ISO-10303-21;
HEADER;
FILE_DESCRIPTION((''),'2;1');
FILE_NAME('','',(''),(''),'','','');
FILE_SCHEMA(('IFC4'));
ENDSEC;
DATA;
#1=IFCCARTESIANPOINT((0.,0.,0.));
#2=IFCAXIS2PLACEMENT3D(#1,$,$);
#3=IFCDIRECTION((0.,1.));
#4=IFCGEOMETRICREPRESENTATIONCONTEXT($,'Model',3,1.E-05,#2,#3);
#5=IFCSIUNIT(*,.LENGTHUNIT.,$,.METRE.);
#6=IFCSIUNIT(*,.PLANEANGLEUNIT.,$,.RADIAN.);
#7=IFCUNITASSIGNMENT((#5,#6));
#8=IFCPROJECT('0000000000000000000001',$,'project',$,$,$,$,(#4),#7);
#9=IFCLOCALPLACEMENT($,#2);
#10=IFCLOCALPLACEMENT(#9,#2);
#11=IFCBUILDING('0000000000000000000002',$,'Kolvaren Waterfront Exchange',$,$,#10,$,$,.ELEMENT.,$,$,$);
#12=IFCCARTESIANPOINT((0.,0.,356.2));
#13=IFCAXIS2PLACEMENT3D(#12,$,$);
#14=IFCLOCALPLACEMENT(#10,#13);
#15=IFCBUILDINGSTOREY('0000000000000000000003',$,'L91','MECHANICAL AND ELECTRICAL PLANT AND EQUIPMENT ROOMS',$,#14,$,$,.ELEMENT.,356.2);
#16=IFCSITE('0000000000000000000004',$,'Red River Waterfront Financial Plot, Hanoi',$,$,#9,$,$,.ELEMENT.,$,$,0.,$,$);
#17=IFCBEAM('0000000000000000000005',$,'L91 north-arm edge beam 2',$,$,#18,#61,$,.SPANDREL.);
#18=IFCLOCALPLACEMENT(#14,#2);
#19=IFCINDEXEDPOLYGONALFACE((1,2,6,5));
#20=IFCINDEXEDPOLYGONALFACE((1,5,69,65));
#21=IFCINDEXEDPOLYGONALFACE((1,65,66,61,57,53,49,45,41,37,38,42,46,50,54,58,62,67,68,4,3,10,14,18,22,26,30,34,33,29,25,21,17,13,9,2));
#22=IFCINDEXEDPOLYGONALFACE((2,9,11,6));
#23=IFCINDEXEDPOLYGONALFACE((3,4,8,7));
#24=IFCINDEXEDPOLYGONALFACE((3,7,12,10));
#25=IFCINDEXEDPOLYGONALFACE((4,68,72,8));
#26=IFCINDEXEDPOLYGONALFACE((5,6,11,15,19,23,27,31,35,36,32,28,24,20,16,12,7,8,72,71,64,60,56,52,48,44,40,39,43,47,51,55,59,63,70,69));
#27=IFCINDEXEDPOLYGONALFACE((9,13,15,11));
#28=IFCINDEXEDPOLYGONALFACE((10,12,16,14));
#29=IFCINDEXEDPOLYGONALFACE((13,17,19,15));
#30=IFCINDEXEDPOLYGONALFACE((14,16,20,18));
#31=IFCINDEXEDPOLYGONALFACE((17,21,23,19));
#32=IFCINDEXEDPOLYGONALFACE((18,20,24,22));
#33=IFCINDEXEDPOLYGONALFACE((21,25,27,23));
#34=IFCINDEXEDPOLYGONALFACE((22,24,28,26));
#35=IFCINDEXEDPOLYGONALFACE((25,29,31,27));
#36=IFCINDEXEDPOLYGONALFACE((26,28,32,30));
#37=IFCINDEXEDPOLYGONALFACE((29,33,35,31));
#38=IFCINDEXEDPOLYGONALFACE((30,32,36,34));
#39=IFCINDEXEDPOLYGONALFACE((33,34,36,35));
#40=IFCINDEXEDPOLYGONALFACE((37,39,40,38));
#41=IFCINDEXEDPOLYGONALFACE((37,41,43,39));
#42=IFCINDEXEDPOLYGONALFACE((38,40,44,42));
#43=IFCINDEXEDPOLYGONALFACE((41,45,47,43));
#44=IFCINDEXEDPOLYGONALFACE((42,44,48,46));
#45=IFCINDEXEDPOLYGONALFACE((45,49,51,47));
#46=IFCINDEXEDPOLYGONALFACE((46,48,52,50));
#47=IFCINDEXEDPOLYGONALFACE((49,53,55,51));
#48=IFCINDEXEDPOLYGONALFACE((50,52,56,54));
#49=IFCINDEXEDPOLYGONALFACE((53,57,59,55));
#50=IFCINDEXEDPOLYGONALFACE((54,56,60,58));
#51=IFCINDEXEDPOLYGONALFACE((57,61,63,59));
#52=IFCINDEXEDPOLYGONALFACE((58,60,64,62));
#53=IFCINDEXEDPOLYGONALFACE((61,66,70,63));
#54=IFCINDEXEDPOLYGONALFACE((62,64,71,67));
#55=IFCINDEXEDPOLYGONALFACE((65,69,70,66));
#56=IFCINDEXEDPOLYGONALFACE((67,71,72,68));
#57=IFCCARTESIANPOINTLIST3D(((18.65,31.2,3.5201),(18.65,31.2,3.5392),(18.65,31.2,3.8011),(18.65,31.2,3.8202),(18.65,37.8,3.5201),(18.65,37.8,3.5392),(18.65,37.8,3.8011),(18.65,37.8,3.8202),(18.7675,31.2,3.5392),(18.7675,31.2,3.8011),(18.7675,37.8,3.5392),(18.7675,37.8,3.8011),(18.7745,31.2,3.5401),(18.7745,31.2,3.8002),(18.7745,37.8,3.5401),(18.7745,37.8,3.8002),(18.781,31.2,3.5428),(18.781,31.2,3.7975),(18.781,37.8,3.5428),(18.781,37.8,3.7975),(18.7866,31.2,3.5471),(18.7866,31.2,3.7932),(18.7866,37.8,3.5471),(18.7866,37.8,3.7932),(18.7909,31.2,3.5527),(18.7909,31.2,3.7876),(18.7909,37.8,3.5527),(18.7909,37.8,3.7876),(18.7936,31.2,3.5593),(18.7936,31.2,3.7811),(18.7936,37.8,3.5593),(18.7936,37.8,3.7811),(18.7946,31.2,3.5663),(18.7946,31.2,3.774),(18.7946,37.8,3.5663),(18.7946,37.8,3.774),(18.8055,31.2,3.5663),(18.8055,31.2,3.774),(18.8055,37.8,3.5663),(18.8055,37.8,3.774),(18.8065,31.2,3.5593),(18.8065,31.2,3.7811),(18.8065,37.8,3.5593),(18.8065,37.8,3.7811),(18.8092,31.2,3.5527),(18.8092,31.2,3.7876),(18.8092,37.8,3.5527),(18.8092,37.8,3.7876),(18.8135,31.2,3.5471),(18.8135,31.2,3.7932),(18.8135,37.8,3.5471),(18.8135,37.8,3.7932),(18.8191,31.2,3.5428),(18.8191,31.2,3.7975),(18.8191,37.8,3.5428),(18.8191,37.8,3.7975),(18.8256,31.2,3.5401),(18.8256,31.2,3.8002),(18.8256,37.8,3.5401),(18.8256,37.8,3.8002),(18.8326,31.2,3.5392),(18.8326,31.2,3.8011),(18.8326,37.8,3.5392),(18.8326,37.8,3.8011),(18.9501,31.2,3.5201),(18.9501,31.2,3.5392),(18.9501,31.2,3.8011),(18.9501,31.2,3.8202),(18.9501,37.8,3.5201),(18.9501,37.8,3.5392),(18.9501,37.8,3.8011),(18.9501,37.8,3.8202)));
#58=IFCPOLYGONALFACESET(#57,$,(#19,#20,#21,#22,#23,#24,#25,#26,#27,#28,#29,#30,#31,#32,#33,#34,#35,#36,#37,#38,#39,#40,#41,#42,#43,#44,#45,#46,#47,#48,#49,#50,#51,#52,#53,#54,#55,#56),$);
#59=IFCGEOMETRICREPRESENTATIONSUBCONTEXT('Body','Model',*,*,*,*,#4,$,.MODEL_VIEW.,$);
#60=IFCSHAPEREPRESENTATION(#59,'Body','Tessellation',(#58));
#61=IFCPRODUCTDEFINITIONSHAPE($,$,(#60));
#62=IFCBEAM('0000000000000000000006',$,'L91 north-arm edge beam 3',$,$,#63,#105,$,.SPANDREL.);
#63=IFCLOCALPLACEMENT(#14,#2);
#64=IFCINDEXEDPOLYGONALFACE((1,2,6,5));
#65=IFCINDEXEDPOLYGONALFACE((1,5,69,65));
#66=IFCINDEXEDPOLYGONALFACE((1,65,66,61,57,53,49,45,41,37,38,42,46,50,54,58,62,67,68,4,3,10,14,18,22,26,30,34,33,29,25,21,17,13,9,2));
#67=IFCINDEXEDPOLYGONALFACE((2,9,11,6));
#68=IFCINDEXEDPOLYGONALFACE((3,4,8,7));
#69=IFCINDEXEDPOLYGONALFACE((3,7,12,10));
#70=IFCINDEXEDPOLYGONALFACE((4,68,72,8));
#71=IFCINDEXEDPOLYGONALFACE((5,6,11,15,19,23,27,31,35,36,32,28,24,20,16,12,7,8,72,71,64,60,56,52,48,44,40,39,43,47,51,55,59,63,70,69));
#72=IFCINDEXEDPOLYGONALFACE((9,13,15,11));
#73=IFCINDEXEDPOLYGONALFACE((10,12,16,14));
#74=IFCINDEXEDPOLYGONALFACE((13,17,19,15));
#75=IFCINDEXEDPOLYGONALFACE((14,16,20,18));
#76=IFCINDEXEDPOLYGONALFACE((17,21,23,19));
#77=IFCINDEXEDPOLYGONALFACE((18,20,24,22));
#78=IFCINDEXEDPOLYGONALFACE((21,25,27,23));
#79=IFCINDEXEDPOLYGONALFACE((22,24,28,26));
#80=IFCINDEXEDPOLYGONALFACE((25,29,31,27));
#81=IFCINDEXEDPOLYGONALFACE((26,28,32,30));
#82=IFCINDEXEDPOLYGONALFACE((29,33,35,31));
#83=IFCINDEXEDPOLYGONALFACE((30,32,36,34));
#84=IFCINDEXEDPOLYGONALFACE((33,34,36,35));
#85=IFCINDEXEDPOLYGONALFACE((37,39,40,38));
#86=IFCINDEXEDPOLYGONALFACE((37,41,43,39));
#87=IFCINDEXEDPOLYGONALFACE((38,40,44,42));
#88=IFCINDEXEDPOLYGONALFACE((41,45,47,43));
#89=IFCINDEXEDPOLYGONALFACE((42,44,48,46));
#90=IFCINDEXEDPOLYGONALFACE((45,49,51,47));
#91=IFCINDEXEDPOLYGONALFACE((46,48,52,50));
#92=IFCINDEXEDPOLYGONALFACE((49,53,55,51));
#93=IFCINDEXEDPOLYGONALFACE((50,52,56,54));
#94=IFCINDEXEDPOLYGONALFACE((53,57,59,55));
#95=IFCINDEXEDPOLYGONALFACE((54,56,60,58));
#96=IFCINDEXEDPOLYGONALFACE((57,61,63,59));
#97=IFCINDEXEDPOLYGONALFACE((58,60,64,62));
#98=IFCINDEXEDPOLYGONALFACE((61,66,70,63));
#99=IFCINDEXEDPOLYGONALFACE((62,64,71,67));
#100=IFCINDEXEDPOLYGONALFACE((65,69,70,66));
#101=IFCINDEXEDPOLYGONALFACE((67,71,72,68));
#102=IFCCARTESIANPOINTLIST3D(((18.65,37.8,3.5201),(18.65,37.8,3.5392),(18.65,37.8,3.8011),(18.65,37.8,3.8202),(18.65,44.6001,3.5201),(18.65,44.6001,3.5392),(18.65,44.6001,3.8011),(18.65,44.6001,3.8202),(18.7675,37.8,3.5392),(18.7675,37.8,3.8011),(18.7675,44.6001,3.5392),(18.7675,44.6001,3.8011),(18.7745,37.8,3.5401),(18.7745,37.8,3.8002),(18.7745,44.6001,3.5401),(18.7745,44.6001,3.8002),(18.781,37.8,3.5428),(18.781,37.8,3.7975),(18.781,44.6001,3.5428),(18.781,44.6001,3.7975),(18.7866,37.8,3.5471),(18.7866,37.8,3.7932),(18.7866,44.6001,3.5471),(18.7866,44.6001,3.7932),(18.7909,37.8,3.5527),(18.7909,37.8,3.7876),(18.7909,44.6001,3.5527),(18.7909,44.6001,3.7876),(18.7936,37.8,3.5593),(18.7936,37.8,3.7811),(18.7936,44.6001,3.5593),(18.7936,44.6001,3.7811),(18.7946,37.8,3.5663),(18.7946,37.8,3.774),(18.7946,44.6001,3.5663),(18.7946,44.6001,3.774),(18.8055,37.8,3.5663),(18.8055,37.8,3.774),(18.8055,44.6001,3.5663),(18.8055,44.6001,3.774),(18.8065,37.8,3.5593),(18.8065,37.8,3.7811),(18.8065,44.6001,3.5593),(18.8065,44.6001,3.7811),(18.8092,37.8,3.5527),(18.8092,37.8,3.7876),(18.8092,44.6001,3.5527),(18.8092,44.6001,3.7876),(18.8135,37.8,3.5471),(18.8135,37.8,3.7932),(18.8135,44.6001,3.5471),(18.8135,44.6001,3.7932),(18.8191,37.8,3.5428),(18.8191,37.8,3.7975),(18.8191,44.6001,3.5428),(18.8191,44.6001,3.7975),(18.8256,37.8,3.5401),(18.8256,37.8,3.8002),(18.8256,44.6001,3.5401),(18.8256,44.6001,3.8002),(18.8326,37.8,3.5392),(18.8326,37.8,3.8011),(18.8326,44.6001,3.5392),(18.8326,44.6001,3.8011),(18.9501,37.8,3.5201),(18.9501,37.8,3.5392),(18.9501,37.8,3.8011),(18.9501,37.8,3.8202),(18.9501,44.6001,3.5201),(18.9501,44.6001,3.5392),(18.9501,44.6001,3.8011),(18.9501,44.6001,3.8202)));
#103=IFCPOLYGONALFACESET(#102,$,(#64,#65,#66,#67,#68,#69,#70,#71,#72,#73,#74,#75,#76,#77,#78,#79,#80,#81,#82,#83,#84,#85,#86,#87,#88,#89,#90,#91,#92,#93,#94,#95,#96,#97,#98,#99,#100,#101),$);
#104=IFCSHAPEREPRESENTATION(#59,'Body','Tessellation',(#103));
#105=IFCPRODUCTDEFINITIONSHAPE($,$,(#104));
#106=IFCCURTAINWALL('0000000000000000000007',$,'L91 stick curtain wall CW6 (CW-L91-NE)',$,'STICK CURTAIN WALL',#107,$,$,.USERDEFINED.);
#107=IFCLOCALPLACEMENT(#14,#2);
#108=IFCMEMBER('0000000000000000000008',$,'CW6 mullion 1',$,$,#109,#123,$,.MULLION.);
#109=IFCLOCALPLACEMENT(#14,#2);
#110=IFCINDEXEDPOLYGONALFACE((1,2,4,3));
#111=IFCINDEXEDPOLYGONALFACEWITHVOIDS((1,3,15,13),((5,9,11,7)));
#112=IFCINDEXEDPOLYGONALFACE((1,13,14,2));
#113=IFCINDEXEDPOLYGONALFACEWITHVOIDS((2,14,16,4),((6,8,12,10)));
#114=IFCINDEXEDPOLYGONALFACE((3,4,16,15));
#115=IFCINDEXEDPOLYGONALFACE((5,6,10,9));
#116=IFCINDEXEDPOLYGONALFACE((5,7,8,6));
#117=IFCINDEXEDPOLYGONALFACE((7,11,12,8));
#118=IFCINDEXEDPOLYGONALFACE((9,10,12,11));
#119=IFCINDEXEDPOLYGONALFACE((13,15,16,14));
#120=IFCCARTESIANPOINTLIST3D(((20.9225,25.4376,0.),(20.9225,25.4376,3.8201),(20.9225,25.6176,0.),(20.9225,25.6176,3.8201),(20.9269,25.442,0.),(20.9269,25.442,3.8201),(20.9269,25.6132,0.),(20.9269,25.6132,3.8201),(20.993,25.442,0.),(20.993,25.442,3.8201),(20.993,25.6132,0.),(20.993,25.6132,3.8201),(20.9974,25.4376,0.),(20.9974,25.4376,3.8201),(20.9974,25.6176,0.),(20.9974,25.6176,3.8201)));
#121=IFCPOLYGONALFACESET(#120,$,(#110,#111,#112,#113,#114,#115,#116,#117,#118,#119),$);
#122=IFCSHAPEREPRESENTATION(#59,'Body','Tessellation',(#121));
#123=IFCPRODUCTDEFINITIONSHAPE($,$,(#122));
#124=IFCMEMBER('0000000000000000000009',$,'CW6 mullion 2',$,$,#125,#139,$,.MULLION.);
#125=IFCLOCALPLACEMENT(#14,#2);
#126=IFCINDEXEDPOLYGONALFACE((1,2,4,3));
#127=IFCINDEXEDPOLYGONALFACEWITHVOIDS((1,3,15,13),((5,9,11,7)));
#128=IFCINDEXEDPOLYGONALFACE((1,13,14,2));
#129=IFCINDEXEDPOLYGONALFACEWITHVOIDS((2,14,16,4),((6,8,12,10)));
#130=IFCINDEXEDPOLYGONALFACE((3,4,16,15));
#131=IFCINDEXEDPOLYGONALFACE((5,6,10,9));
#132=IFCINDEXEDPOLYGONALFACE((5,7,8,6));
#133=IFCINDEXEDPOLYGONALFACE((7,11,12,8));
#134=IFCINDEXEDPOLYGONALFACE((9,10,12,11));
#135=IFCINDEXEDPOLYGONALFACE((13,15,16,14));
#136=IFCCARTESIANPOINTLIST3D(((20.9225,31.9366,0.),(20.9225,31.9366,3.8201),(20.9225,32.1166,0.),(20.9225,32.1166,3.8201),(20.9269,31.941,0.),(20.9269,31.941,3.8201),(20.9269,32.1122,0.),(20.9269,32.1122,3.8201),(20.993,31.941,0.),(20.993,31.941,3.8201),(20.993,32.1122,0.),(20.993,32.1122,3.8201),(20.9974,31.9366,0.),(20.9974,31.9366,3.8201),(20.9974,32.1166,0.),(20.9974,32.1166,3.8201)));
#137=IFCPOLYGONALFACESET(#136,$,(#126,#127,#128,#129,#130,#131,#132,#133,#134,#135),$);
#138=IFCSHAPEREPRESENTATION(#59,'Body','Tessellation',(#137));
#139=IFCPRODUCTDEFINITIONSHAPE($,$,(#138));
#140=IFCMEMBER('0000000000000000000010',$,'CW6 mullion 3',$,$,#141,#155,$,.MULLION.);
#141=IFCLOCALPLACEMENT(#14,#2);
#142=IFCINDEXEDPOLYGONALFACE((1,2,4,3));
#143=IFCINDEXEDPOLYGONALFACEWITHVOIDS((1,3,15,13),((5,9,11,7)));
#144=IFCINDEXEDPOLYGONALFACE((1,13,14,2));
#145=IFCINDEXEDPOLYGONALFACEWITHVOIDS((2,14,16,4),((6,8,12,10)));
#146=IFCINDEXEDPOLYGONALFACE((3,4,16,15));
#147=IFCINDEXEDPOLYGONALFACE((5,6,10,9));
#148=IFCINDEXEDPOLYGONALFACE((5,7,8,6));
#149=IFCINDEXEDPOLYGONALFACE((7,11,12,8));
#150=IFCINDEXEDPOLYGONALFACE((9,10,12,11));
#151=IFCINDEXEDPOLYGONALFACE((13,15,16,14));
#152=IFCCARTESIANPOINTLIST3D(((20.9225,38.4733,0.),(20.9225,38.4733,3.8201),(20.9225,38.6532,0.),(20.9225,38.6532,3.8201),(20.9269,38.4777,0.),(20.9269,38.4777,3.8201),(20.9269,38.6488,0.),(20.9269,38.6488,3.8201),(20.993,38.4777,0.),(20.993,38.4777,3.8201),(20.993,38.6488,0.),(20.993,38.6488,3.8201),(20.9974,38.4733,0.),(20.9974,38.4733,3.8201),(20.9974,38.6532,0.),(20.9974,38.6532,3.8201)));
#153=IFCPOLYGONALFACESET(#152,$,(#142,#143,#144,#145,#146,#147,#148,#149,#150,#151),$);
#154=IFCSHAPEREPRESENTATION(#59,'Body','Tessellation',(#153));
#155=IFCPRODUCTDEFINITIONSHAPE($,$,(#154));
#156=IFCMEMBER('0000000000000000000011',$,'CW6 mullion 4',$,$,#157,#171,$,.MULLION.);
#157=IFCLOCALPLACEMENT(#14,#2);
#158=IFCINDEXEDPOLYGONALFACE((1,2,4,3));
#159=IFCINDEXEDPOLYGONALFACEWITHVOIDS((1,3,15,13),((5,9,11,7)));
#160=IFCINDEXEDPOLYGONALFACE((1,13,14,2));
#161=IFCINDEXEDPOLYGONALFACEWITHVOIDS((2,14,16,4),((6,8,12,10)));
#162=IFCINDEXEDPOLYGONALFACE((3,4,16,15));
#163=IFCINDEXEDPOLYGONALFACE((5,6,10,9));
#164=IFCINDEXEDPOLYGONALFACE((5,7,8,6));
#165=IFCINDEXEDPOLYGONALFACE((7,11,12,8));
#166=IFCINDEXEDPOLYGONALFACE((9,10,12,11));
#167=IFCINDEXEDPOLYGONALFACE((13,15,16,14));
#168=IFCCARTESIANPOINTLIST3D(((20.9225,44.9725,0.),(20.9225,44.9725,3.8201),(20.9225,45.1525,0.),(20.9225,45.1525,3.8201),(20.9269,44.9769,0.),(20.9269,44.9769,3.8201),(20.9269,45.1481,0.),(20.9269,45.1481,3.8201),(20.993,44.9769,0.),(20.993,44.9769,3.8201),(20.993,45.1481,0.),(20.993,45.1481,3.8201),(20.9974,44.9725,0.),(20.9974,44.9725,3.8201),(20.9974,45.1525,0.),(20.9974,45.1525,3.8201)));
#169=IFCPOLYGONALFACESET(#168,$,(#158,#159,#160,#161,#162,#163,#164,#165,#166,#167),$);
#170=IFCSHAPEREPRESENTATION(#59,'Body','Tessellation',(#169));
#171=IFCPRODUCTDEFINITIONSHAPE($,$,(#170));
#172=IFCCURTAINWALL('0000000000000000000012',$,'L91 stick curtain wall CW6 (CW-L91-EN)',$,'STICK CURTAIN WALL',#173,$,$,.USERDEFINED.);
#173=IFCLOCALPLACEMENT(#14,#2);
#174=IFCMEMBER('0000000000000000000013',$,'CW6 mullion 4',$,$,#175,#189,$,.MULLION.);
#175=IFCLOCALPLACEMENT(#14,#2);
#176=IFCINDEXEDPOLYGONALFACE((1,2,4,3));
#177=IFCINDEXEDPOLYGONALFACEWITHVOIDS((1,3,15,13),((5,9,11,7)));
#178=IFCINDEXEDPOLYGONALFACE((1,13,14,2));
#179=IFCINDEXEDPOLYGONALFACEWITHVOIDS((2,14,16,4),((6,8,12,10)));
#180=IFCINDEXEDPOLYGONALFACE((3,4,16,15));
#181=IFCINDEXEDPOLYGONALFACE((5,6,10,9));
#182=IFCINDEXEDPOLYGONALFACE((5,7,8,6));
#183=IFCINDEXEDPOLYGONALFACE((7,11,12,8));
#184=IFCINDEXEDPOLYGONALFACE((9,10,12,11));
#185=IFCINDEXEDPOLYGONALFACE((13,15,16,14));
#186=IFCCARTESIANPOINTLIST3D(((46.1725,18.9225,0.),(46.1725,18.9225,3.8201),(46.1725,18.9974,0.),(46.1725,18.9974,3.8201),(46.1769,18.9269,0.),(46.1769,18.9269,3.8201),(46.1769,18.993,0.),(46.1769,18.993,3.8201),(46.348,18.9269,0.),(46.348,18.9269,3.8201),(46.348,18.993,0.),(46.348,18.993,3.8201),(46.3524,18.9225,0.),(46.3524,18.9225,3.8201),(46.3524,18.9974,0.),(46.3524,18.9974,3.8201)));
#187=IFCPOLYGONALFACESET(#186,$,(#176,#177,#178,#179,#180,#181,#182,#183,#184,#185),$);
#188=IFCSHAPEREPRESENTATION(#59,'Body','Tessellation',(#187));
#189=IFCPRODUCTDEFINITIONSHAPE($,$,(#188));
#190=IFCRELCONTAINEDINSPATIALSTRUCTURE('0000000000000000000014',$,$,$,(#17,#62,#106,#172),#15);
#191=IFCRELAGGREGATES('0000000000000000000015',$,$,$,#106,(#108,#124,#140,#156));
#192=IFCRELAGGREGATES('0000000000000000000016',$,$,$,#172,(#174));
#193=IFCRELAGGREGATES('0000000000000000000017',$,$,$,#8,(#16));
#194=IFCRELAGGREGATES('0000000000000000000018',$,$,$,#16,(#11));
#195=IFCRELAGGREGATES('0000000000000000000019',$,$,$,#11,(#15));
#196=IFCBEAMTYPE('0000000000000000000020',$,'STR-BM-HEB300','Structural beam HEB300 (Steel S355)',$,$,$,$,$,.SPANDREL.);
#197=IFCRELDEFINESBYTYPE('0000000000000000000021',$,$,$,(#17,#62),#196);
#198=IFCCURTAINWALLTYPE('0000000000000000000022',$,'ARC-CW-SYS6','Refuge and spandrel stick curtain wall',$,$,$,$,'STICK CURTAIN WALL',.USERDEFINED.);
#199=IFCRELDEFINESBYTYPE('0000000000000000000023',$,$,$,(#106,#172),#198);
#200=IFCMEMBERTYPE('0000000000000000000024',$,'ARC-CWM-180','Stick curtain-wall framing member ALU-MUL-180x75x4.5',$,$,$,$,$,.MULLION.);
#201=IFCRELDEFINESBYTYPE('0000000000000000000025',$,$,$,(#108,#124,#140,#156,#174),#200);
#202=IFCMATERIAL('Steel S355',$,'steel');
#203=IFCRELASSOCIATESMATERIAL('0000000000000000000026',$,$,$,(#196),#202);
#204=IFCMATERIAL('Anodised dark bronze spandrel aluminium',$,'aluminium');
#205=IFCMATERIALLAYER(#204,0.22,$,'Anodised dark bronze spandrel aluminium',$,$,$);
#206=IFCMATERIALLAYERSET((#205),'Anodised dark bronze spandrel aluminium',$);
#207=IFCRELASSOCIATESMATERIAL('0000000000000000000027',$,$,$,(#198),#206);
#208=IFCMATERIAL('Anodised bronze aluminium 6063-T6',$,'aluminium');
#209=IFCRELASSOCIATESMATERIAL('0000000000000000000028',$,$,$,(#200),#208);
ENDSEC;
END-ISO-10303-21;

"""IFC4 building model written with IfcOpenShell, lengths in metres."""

from ifc_helpers import new_model, si_unit, direction, frame, origin, origin_with_axes, origin_2d, place, context, subcontext, project, spatial, hollow_rectangle, i_section, extrude, source, transform, mapped, material, layer, layer_set, material_profile, profile_set, type_object, element, aggregate, save


model = new_model("IFC4")

# Units and contexts
model_context = context("Model", 3, precision=1e-05, world=origin(), true_north=direction((0.0, 1.0)))
body_context = subcontext(model_context, "Body", "Model", "MODEL_VIEW")
ifc_project = project(units=[si_unit("LENGTHUNIT", "METRE"), si_unit("PLANEANGLEUNIT", "RADIAN")], contexts=[model_context])

# Site, building, storey
site_placement = place(None, origin())
site = spatial("IfcSite", under=ifc_project, at=site_placement, Name="Red River Waterfront Financial Plot, Hanoi", CompositionType="ELEMENT", RefElevation=0.0)
building_placement = place(site_placement, origin())
building = spatial("IfcBuilding", under=site, at=building_placement, Name="Kolvaren Waterfront Exchange", CompositionType="ELEMENT")
storey_placement = place(building_placement, frame((0.0, 0.0, 356.2)))
storey = spatial("IfcBuildingStorey", under=building, at=storey_placement, Name="L91", Description="MECHANICAL AND ELECTRICAL PLANT AND EQUIPMENT ROOMS", CompositionType="ELEMENT", Elevation=356.2)

# Beams
ifc_material_1 = material(Name="Steel S355", Category="steel")
ifc_material_profile_1 = material_profile(ifc_material_1, i_section(OverallWidth=0.3, OverallDepth=0.3, WebThickness=0.011, FlangeThickness=0.019, FilletRadius=0.0271, at=origin_2d()), Name="HEB300")
ifc_profile_set_1 = profile_set([ifc_material_profile_1], Name="Steel S355")
beam_type = type_object("IfcBeamType", Name="STR-BM-HEB300", Description="Structural beam HEB300 (Steel S355)", PredefinedType="SPANDREL", material=ifc_profile_set_1)
beam_1_placement = place(storey_placement, frame((18.8, 31.2, 3.6702), z_axis=(0.0, 1.0, 0.0), x_axis=(-1.0, 0.0, 0.0)))
element("IfcBeam", 1, at=beam_1_placement, inside=storey, type_object=beam_type, Name="L91 north-arm edge beam 2", PredefinedType="SPANDREL", context=body_context, shape_type="SweptSolid", body=[
    extrude(i_section(OverallWidth=0.3, OverallDepth=0.3, WebThickness=0.011, FlangeThickness=0.019, FilletRadius=0.0271, at=origin_2d()), origin(), (0.0, 0.0, 1.0), 6.6001),
])
beam_2_placement = place(storey_placement, frame((18.8, 37.8, 3.6702), z_axis=(0.0, 1.0, 0.0), x_axis=(-1.0, 0.0, 0.0)))
element("IfcBeam", 2, at=beam_2_placement, inside=storey, type_object=beam_type, Name="L91 north-arm edge beam 3", PredefinedType="SPANDREL", context=body_context, shape_type="SweptSolid", body=[
    extrude(i_section(OverallWidth=0.3, OverallDepth=0.3, WebThickness=0.011, FlangeThickness=0.019, FilletRadius=0.0271, at=origin_2d()), origin(), (0.0, 0.0, 1.0), 6.8),
])

# Curtain wall, members
ifc_material_2 = material(Name="Anodised dark bronze spandrel aluminium", Category="aluminium")
ifc_layer_1 = layer(ifc_material_2, 0.22, Name="Anodised dark bronze spandrel aluminium")
ifc_layer_set_1 = layer_set([ifc_layer_1], Name="Anodised dark bronze spandrel aluminium")
curtain_wall_type = type_object("IfcCurtainWallType", Name="ARC-CW-SYS6", Description="Refuge and spandrel stick curtain wall", ElementType="STICK CURTAIN WALL", PredefinedType="USERDEFINED", material=ifc_layer_set_1)
curtain_wall_1_placement = place(storey_placement, origin())
curtain_wall_1 = element("IfcCurtainWall", 3, at=curtain_wall_1_placement, inside=storey, type_object=curtain_wall_type, Name="L91 stick curtain wall CW6 (CW-L91-NE)", ObjectType="STICK CURTAIN WALL", PredefinedType="USERDEFINED")
ifc_material_3 = material(Name="Anodised bronze aluminium 6063-T6", Category="aluminium")
ifc_material_profile_2 = material_profile(ifc_material_3, hollow_rectangle(XDim=0.075, YDim=0.1799, WallThickness=0.0044, at=origin_2d()), Name="ALU-MUL-180x75x4.5")
ifc_profile_set_2 = profile_set([ifc_material_profile_2], Name="Anodised bronze aluminium 6063-T6")
member_type_1 = type_object("IfcMemberType", Name="ARC-CWM-180", Description="Stick curtain-wall framing member ALU-MUL-180x75x4.5", PredefinedType="MULLION", material=ifc_profile_set_2)
shared_shape_1 = source(origin_with_axes(), body_context, "Body", "SweptSolid", [
    extrude(hollow_rectangle(XDim=0.075, YDim=0.1799, WallThickness=0.0044, at=origin_2d()), origin(), (0.0, 0.0, 1.0), 3.8201),
])
member_1_placement = place(storey_placement, frame((20.96, 25.5276, 0.0), z_axis=(0.0, 0.0, 1.0), x_axis=(-1.0, 0.0, 0.0)))
member_1 = element("IfcMember", 4, at=member_1_placement, type_object=member_type_1, Name="CW6 mullion 1", PredefinedType="MULLION", context=body_context, shape_type="MappedRepresentation", body=[
    mapped(shared_shape_1, transform((0.0, 0.0, 0.0), x_axis=(1.0, 0.0, 0.0), y_axis=(0.0, 1.0, 0.0), z_axis=(0.0, 0.0, 1.0), scale=1.0)),
])
member_2_placement = place(storey_placement, frame((20.96, 32.0266, 0.0), z_axis=(0.0, 0.0, 1.0), x_axis=(-1.0, 0.0, 0.0)))
member_2 = element("IfcMember", 5, at=member_2_placement, type_object=member_type_1, Name="CW6 mullion 2", PredefinedType="MULLION", context=body_context, shape_type="MappedRepresentation", body=[
    mapped(shared_shape_1, transform((0.0, 0.0, 0.0), x_axis=(1.0, 0.0, 0.0), y_axis=(0.0, 1.0, 0.0), z_axis=(0.0, 0.0, 1.0), scale=1.0)),
])
member_3_placement = place(storey_placement, frame((20.96, 38.5632, 0.0), z_axis=(0.0, 0.0, 1.0), x_axis=(-1.0, 0.0, 0.0)))
member_3 = element("IfcMember", 6, at=member_3_placement, type_object=member_type_1, Name="CW6 mullion 3", PredefinedType="MULLION", context=body_context, shape_type="MappedRepresentation", body=[
    mapped(shared_shape_1, transform((0.0, 0.0, 0.0), x_axis=(1.0, 0.0, 0.0), y_axis=(0.0, 1.0, 0.0), z_axis=(0.0, 0.0, 1.0), scale=1.0)),
])
member_4_placement = place(storey_placement, frame((20.96, 45.0625, 0.0), z_axis=(0.0, 0.0, 1.0), x_axis=(-1.0, 0.0, 0.0)))
member_4 = element("IfcMember", 7, at=member_4_placement, type_object=member_type_1, Name="CW6 mullion 4", PredefinedType="MULLION", context=body_context, shape_type="MappedRepresentation", body=[
    mapped(shared_shape_1, transform((0.0, 0.0, 0.0), x_axis=(1.0, 0.0, 0.0), y_axis=(0.0, 1.0, 0.0), z_axis=(0.0, 0.0, 1.0), scale=1.0)),
])

# Curtain wall, member
curtain_wall_2_placement = place(storey_placement, origin())
curtain_wall_2 = element("IfcCurtainWall", 8, at=curtain_wall_2_placement, inside=storey, type_object=curtain_wall_type, Name="L91 stick curtain wall CW6 (CW-L91-EN)", ObjectType="STICK CURTAIN WALL", PredefinedType="USERDEFINED")
member_5_placement = place(storey_placement, frame((46.2625, 18.96, 0.0), z_axis=(0.0, 0.0, 1.0), x_axis=(0.0, 1.0, 0.0)))
member_5 = element("IfcMember", 9, at=member_5_placement, type_object=member_type_1, Name="CW6 mullion 4", PredefinedType="MULLION", context=body_context, shape_type="MappedRepresentation", body=[
    mapped(shared_shape_1, transform((0.0, 0.0, 0.0), x_axis=(1.0, 0.0, 0.0), y_axis=(0.0, 1.0, 0.0), z_axis=(0.0, 0.0, 1.0), scale=1.0)),
])

aggregate(curtain_wall_1, [member_1, member_2, member_3, member_4])
aggregate(curtain_wall_2, [member_5])

save(model, "model.ifc")
